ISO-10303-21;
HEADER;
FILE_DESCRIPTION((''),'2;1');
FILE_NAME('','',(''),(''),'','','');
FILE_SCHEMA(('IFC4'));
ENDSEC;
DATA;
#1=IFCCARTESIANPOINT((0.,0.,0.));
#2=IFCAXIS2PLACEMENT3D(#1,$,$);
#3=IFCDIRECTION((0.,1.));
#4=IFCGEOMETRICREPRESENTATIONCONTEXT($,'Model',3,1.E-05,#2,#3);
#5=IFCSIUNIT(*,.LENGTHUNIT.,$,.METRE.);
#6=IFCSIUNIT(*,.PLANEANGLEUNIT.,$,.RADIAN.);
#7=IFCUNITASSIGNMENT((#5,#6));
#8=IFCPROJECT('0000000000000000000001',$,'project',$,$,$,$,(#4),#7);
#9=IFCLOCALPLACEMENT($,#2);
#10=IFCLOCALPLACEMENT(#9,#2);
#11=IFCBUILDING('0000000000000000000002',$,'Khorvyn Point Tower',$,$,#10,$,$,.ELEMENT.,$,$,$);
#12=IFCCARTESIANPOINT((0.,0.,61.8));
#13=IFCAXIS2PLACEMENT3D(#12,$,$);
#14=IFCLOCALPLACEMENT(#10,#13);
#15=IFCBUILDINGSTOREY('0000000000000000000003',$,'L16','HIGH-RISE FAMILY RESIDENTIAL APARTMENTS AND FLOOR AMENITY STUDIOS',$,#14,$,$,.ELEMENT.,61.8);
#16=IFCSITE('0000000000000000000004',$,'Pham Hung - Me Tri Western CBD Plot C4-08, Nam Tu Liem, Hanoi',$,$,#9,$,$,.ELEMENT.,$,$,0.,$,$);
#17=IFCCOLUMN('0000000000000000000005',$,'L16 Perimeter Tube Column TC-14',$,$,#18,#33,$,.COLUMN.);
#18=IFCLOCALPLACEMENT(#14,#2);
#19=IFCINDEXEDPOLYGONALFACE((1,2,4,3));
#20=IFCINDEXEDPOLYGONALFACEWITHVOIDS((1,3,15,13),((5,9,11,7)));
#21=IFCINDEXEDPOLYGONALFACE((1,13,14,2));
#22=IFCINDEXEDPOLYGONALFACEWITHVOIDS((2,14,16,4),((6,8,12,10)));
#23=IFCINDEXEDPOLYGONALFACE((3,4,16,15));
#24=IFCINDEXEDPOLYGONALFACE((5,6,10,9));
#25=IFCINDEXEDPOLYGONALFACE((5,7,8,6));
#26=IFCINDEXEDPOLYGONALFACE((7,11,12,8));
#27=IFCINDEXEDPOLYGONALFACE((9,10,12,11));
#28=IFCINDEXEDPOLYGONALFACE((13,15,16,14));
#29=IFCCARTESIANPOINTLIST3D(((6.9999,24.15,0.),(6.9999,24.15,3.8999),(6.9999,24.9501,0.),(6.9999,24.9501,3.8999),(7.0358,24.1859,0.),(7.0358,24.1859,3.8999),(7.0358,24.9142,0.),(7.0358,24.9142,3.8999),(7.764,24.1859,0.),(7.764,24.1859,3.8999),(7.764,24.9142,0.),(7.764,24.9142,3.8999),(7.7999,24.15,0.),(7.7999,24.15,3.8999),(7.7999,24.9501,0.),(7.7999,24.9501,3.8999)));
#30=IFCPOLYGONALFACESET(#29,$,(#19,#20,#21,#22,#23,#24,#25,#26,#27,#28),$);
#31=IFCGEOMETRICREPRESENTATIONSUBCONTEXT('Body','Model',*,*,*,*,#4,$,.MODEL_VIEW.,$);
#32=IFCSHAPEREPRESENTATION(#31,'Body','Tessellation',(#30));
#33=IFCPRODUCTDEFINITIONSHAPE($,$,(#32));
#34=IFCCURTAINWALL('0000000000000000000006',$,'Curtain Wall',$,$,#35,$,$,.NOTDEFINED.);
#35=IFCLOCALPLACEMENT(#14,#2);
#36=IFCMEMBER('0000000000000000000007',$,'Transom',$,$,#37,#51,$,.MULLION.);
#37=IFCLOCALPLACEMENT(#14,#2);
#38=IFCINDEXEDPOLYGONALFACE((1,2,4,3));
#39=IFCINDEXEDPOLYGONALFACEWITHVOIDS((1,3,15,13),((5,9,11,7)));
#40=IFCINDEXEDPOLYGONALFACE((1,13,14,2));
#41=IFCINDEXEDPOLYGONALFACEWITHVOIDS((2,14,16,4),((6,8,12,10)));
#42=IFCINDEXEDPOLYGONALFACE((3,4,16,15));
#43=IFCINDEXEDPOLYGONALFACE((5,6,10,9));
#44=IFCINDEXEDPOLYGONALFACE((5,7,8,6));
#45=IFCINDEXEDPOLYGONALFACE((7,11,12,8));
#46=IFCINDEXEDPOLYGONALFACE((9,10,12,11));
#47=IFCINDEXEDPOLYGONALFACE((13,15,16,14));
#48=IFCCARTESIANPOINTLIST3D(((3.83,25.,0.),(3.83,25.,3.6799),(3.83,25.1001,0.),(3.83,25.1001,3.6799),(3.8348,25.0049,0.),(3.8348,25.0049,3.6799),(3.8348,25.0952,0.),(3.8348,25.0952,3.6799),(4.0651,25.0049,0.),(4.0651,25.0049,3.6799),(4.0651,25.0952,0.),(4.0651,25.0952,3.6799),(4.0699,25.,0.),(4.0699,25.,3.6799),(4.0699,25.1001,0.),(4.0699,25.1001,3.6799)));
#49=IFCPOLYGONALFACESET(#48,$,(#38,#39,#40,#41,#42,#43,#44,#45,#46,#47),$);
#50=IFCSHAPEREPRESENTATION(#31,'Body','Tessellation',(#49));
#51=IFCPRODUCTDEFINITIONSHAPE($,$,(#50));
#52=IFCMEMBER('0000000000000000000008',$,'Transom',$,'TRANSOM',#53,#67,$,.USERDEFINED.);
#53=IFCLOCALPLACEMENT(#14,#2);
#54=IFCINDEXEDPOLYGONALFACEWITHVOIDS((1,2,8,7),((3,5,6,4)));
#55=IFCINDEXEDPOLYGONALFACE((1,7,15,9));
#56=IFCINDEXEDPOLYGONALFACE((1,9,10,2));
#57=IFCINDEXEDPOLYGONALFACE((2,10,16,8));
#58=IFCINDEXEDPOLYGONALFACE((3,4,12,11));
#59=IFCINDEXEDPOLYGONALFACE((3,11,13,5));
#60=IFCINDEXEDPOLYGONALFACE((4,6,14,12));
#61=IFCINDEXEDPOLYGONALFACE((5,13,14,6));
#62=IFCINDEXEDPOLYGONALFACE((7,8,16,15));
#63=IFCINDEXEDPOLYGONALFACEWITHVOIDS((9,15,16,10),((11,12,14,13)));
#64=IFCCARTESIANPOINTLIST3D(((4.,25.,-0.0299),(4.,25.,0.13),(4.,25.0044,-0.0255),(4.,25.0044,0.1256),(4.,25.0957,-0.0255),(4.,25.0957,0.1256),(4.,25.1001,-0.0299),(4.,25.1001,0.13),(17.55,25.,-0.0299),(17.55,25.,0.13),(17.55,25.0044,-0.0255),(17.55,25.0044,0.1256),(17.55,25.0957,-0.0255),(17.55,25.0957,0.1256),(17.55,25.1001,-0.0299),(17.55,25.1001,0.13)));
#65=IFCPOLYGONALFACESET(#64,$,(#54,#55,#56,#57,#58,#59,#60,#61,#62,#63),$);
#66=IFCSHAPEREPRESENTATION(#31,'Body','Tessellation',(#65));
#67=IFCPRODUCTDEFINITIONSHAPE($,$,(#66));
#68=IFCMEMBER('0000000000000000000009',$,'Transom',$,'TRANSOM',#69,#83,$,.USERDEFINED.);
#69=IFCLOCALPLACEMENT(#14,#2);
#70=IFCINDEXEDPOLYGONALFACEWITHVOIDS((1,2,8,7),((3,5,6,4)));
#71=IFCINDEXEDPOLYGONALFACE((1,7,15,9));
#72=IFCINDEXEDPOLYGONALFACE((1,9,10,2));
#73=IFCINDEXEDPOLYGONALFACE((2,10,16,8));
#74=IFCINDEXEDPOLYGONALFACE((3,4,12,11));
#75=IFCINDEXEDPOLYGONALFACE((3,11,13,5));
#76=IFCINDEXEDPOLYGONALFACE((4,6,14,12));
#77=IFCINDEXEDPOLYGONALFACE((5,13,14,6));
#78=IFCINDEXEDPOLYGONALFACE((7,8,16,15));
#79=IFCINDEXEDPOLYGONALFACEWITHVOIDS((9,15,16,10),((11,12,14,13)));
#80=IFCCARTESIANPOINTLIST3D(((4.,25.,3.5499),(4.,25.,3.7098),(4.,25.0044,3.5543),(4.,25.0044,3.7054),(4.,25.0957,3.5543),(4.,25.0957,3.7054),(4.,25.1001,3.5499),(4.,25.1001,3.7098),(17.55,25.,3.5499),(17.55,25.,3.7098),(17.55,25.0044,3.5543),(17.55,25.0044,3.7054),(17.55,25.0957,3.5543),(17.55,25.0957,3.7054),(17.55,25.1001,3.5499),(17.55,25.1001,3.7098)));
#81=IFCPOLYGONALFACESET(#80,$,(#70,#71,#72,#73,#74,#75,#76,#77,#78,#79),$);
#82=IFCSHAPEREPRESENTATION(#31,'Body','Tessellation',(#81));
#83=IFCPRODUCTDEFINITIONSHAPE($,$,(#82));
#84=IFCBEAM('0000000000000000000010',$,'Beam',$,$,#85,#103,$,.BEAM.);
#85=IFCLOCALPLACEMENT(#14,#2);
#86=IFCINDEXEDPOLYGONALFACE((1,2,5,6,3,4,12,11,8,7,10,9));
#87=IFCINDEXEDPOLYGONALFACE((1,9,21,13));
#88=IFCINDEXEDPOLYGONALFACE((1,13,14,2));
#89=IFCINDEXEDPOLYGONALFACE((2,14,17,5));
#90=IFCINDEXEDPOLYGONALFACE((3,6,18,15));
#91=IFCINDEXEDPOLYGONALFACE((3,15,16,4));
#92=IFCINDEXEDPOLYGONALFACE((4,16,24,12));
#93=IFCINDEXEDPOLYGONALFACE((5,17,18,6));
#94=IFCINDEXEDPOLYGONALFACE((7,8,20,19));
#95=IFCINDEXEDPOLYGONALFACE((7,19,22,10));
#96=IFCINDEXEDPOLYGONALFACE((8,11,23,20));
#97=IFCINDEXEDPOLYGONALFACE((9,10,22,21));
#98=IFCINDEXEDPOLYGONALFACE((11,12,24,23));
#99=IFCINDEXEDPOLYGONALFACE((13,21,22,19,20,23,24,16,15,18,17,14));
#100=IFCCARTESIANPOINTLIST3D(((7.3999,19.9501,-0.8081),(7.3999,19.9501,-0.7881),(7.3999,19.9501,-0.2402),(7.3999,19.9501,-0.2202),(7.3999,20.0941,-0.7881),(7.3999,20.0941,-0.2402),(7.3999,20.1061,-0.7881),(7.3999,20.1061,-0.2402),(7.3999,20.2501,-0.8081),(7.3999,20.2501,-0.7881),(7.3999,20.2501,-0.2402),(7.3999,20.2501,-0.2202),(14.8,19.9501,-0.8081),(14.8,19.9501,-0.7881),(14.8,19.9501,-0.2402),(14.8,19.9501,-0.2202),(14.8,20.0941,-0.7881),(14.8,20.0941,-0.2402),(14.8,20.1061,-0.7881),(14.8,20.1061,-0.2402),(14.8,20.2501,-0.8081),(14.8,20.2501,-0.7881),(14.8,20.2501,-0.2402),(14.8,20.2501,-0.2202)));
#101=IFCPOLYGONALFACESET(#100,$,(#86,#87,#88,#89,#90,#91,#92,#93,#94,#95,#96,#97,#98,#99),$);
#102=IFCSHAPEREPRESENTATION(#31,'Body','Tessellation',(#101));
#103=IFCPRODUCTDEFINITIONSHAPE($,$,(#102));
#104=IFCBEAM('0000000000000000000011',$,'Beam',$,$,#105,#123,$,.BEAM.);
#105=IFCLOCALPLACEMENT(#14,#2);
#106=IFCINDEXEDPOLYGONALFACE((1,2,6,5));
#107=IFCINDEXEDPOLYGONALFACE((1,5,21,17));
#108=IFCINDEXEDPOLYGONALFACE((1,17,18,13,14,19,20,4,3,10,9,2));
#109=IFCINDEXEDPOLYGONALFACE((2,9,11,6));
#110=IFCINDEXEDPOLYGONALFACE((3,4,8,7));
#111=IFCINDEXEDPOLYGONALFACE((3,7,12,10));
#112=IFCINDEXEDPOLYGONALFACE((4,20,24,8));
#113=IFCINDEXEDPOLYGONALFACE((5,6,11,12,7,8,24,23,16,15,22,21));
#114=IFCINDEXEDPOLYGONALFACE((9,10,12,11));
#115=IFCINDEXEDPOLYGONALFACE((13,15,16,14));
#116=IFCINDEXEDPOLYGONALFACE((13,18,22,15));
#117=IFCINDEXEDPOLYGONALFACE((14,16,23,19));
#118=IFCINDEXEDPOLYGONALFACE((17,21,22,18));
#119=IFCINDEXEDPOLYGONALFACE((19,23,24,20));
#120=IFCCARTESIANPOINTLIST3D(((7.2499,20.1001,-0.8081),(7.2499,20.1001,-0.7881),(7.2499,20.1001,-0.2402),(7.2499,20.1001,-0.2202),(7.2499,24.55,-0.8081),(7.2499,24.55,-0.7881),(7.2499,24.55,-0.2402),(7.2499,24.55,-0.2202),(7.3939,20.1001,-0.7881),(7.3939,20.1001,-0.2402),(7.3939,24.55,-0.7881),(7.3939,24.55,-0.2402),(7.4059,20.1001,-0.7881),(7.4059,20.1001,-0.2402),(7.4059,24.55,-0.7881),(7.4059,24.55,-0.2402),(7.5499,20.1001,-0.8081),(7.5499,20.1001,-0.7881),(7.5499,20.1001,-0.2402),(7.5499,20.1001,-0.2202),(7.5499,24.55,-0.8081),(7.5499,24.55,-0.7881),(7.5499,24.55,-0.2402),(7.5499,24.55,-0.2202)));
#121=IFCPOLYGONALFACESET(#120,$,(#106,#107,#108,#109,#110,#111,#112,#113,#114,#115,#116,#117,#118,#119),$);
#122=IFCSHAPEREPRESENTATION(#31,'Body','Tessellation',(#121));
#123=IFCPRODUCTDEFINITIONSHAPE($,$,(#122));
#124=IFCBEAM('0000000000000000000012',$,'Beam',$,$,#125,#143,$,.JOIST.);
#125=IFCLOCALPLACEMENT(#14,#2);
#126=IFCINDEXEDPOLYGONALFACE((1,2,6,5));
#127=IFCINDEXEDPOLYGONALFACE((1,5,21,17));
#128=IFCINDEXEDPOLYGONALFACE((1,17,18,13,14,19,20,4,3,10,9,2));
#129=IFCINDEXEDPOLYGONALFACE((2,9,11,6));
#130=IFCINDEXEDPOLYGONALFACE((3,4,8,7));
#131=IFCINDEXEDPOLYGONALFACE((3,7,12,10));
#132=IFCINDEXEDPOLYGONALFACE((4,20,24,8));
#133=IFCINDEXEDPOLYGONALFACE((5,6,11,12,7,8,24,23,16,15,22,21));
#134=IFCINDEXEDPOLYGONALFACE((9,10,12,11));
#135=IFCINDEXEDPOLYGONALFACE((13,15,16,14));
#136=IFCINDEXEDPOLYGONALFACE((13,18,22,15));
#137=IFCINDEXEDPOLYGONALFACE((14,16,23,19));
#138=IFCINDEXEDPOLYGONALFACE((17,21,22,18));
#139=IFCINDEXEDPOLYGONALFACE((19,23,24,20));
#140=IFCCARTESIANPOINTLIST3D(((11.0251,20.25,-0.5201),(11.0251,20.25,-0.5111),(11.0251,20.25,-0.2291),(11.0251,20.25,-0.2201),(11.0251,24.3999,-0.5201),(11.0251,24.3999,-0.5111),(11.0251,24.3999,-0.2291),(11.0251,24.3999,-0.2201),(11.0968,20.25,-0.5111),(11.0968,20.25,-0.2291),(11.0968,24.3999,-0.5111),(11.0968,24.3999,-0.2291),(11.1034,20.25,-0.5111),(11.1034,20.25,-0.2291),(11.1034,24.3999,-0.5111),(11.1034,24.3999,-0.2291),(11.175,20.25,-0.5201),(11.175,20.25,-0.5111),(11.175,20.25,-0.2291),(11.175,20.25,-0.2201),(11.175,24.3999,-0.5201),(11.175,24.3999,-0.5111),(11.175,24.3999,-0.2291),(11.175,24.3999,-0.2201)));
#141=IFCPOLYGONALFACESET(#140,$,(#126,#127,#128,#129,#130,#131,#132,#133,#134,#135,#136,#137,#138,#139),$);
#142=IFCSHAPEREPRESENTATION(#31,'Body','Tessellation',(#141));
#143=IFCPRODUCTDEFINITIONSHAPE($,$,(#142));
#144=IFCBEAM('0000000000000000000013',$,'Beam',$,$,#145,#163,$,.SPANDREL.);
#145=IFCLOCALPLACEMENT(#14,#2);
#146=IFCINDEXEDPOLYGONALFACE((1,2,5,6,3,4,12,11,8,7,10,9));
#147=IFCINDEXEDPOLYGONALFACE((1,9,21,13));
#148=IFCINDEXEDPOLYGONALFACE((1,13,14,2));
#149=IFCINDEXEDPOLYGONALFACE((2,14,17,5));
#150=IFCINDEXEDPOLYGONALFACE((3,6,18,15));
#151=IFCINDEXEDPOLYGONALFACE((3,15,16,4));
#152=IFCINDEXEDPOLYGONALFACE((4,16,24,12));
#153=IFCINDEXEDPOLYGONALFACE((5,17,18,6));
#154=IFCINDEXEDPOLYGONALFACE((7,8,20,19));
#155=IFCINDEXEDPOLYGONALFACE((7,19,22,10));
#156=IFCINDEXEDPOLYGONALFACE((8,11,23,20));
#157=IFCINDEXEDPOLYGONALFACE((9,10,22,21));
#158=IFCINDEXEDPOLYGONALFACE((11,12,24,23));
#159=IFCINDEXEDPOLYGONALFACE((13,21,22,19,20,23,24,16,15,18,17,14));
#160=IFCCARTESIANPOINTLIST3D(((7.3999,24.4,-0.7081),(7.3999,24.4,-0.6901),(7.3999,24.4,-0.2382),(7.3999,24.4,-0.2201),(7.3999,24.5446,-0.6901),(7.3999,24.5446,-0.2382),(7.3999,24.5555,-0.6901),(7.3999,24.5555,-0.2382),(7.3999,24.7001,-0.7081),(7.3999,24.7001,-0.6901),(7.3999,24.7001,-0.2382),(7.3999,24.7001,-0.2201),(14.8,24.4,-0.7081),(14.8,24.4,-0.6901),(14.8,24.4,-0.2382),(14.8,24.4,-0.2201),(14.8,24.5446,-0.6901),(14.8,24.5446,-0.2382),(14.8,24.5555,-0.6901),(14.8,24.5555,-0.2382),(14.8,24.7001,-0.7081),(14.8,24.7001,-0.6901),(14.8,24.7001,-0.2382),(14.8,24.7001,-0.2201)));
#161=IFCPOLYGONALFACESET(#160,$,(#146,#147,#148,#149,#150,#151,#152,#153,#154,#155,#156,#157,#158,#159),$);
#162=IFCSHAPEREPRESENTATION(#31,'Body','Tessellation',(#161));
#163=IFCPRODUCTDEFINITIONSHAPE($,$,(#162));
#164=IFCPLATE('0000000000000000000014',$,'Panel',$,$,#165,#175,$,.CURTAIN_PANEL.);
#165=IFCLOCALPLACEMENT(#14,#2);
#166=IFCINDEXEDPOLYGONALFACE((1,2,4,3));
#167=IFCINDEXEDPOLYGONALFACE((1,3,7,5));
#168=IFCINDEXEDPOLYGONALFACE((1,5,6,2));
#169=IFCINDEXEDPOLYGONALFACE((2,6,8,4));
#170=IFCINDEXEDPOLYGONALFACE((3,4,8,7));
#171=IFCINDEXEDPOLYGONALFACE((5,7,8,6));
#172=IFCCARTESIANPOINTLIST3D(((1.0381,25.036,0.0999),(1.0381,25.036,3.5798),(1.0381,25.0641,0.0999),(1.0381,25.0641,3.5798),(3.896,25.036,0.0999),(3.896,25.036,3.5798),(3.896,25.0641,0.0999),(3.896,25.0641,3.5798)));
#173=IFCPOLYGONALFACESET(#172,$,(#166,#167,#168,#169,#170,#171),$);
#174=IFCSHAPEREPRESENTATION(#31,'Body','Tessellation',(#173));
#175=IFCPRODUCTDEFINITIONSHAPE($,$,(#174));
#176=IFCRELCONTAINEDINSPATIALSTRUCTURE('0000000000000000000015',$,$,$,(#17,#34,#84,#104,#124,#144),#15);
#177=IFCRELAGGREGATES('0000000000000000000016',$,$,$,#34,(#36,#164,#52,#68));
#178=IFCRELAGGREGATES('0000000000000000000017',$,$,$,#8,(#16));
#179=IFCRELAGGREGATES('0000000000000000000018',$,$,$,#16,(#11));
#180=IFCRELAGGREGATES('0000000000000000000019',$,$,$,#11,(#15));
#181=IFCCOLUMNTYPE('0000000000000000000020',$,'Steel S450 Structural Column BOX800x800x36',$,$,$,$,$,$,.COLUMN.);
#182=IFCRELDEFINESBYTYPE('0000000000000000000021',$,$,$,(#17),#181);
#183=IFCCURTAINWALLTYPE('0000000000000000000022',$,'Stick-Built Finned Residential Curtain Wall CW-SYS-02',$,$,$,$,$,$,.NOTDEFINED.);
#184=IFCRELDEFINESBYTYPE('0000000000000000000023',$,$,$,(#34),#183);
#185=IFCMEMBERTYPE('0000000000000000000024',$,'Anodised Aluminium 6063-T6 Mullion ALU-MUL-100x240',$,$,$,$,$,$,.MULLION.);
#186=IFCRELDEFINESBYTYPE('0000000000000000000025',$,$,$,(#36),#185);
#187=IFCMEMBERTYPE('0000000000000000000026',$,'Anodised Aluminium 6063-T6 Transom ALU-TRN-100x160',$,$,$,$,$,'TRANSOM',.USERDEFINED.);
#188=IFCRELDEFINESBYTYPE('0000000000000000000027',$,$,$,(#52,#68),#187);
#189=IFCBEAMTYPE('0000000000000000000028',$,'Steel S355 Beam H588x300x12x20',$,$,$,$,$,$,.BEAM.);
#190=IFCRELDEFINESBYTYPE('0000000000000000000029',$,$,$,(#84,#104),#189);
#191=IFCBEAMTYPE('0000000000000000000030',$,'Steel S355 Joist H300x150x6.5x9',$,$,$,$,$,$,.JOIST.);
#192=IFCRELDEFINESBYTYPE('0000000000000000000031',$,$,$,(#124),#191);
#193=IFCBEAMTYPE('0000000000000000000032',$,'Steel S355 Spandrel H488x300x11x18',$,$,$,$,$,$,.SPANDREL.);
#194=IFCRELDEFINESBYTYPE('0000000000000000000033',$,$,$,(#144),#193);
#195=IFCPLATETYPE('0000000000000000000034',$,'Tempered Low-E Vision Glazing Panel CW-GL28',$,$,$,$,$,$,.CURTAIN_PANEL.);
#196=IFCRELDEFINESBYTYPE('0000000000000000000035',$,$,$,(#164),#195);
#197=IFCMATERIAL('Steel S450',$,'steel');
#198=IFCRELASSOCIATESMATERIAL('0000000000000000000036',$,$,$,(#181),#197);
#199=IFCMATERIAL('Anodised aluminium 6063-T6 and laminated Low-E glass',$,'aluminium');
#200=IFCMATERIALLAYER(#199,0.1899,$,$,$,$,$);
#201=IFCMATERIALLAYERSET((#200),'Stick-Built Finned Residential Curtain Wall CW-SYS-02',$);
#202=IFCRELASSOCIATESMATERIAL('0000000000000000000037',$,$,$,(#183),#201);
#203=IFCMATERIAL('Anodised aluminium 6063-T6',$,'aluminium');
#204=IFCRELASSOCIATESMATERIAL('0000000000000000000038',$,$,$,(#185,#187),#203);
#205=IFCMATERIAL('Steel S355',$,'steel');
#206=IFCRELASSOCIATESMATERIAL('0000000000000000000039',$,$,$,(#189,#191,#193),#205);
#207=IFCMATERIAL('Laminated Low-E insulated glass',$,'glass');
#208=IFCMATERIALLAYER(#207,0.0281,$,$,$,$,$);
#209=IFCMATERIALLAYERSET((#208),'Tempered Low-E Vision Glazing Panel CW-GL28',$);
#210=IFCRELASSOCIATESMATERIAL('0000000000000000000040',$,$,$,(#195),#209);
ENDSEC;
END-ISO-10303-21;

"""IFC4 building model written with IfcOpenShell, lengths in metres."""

from ifc_helpers import new_model, si_unit, direction, frame, origin, origin_2d, place, context, subcontext, project, spatial, rectangle, hollow_rectangle, i_section, extrude, material, layer, layer_set, material_profile, profile_set, type_object, element, aggregate, save


model = new_model("IFC4")

# Units and contexts
model_context = context("Model", 3, precision=1e-05, world=origin(), true_north=direction((0.0, 1.0)))
body_context = subcontext(model_context, "Body", "Model", "MODEL_VIEW")
ifc_project = project(units=[si_unit("LENGTHUNIT", "METRE"), si_unit("PLANEANGLEUNIT", "RADIAN")], contexts=[model_context])

# Site, building, storey
site_placement = place(None, origin())
site = spatial("IfcSite", under=ifc_project, at=site_placement, Name="Pham Hung - Me Tri Western CBD Plot C4-08, Nam Tu Liem, Hanoi", CompositionType="ELEMENT", RefElevation=0.0)
building_placement = place(site_placement, origin())
building = spatial("IfcBuilding", under=site, at=building_placement, Name="Khorvyn Point Tower", CompositionType="ELEMENT")
storey_placement = place(building_placement, frame((0.0, 0.0, 61.8)))
storey = spatial("IfcBuildingStorey", under=building, at=storey_placement, Name="L16", Description="HIGH-RISE FAMILY RESIDENTIAL APARTMENTS AND FLOOR AMENITY STUDIOS", CompositionType="ELEMENT", Elevation=61.8)

# Column
ifc_material_1 = material(Name="Steel S450", Category="steel")
ifc_material_profile_1 = material_profile(ifc_material_1, hollow_rectangle(XDim=0.8, YDim=0.8, WallThickness=0.0359, at=origin_2d()))
ifc_profile_set_1 = profile_set([ifc_material_profile_1], Name="Steel S450 BOX800x800x36")
column_type = type_object("IfcColumnType", Name="Steel S450 Structural Column BOX800x800x36", PredefinedType="COLUMN", material=ifc_profile_set_1)
column_placement = place(storey_placement, frame((7.3999, 24.55, 0.0), z_axis=(0.0, 0.0, 1.0), x_axis=(1.0, 0.0, 0.0)))
element("IfcColumn", 1, at=column_placement, inside=storey, type_object=column_type, Name="L16 Perimeter Tube Column TC-14", PredefinedType="COLUMN", context=body_context, shape_type="SweptSolid", body=[
    extrude(hollow_rectangle(XDim=0.8, YDim=0.8, WallThickness=0.0359, at=origin_2d()), origin(), (0.0, 0.0, 1.0), 3.8999),
])

# Curtain wall, members
ifc_material_2 = material(Name="Anodised aluminium 6063-T6 and laminated Low-E glass", Category="aluminium")
ifc_layer_1 = layer(ifc_material_2, 0.1899)
ifc_layer_set_1 = layer_set([ifc_layer_1], Name="Stick-Built Finned Residential Curtain Wall CW-SYS-02")
curtain_wall_type = type_object("IfcCurtainWallType", Name="Stick-Built Finned Residential Curtain Wall CW-SYS-02", PredefinedType="NOTDEFINED", material=ifc_layer_set_1)
curtain_wall_placement = place(storey_placement, origin())
curtain_wall = element("IfcCurtainWall", 2, at=curtain_wall_placement, inside=storey, type_object=curtain_wall_type, Name="Curtain Wall", PredefinedType="NOTDEFINED")
ifc_material_3 = material(Name="Anodised aluminium 6063-T6", Category="aluminium")
ifc_material_profile_2 = material_profile(ifc_material_3, hollow_rectangle(XDim=0.1001, YDim=0.24, WallThickness=0.0049, at=origin_2d()))
ifc_profile_set_2 = profile_set([ifc_material_profile_2], Name="Anodised aluminium 6063-T6 ALU-MUL-100x240")
member_type_1 = type_object("IfcMemberType", Name="Anodised Aluminium 6063-T6 Mullion ALU-MUL-100x240", PredefinedType="MULLION", material=ifc_profile_set_2)
member_1_placement = place(storey_placement, frame((3.95, 25.05, 0.0), z_axis=(0.0, 0.0, 1.0), x_axis=(0.0, 1.0, 0.0)))
member_1 = element("IfcMember", 3, at=member_1_placement, type_object=member_type_1, Name="Transom", PredefinedType="MULLION", context=body_context, shape_type="SweptSolid", body=[
    extrude(hollow_rectangle(XDim=0.1001, YDim=0.24, WallThickness=0.0049, at=origin_2d()), origin(), (0.0, 0.0, 1.0), 3.6799),
])
ifc_material_profile_3 = material_profile(ifc_material_3, hollow_rectangle(XDim=0.1001, YDim=0.1599, WallThickness=0.0044, at=origin_2d()))
ifc_profile_set_3 = profile_set([ifc_material_profile_3], Name="Anodised aluminium 6063-T6 ALU-TRN-100x160")
member_type_2 = type_object("IfcMemberType", Name="Anodised Aluminium 6063-T6 Transom ALU-TRN-100x160", ElementType="TRANSOM", PredefinedType="USERDEFINED", material=ifc_profile_set_3)
member_2_placement = place(storey_placement, frame((4.0, 25.05, 0.05), z_axis=(1.0, 0.0, 0.0), x_axis=(0.0, 1.0, 0.0)))
member_2 = element("IfcMember", 4, at=member_2_placement, type_object=member_type_2, Name="Transom", ObjectType="TRANSOM", PredefinedType="USERDEFINED", context=body_context, shape_type="SweptSolid", body=[
    extrude(hollow_rectangle(XDim=0.1001, YDim=0.1599, WallThickness=0.0044, at=origin_2d()), origin(), (0.0, 0.0, 1.0), 13.55),
])
member_3_placement = place(storey_placement, frame((4.0, 25.05, 3.6299), z_axis=(1.0, 0.0, 0.0), x_axis=(0.0, 1.0, 0.0)))
member_3 = element("IfcMember", 5, at=member_3_placement, type_object=member_type_2, Name="Transom", ObjectType="TRANSOM", PredefinedType="USERDEFINED", context=body_context, shape_type="SweptSolid", body=[
    extrude(hollow_rectangle(XDim=0.1001, YDim=0.1599, WallThickness=0.0044, at=origin_2d()), origin(), (0.0, 0.0, 1.0), 13.55),
])

# Beams
ifc_material_4 = material(Name="Steel S355", Category="steel")
ifc_material_profile_4 = material_profile(ifc_material_4, i_section(OverallWidth=0.3, OverallDepth=0.5879, WebThickness=0.012, FlangeThickness=0.02, at=origin_2d()))
ifc_profile_set_4 = profile_set([ifc_material_profile_4], Name="Steel S355 H588x300x12x20")
beam_type_1 = type_object("IfcBeamType", Name="Steel S355 Beam H588x300x12x20", PredefinedType="BEAM", material=ifc_profile_set_4)
beam_1_placement = place(storey_placement, frame((7.3999, 20.1001, -0.5142), z_axis=(1.0, 0.0, 0.0), x_axis=(0.0, 1.0, 0.0)))
element("IfcBeam", 6, at=beam_1_placement, inside=storey, type_object=beam_type_1, Name="Beam", PredefinedType="BEAM", context=body_context, shape_type="SweptSolid", body=[
    extrude(i_section(OverallWidth=0.3, OverallDepth=0.5879, WebThickness=0.012, FlangeThickness=0.02, at=origin_2d()), origin(), (0.0, 0.0, 1.0), 7.4001),
])
beam_2_placement = place(storey_placement, frame((7.3999, 20.1001, -0.5142), z_axis=(0.0, 1.0, 0.0), x_axis=(-1.0, 0.0, 0.0)))
element("IfcBeam", 7, at=beam_2_placement, inside=storey, type_object=beam_type_1, Name="Beam", PredefinedType="BEAM", context=body_context, shape_type="SweptSolid", body=[
    extrude(i_section(OverallWidth=0.3, OverallDepth=0.5879, WebThickness=0.012, FlangeThickness=0.02, at=origin_2d()), origin(), (0.0, 0.0, 1.0), 4.45),
])
ifc_material_profile_5 = material_profile(ifc_material_4, i_section(OverallWidth=0.1499, OverallDepth=0.3, WebThickness=0.0066, FlangeThickness=0.009, at=origin_2d()))
ifc_profile_set_5 = profile_set([ifc_material_profile_5], Name="Steel S355 H300x150x6.5x9")
beam_type_2 = type_object("IfcBeamType", Name="Steel S355 Joist H300x150x6.5x9", PredefinedType="JOIST", material=ifc_profile_set_5)
beam_3_placement = place(storey_placement, frame((11.1001, 20.25, -0.3701), z_axis=(0.0, 1.0, 0.0), x_axis=(-1.0, 0.0, 0.0)))
element("IfcBeam", 8, at=beam_3_placement, inside=storey, type_object=beam_type_2, Name="Beam", PredefinedType="JOIST", context=body_context, shape_type="SweptSolid", body=[
    extrude(i_section(OverallWidth=0.1499, OverallDepth=0.3, WebThickness=0.0066, FlangeThickness=0.009, at=origin_2d()), origin(), (0.0, 0.0, 1.0), 4.1499),
])
ifc_material_profile_6 = material_profile(ifc_material_4, i_section(OverallWidth=0.3, OverallDepth=0.488, WebThickness=0.011, FlangeThickness=0.0181, at=origin_2d()))
ifc_profile_set_6 = profile_set([ifc_material_profile_6], Name="Steel S355 H488x300x11x18")
beam_type_3 = type_object("IfcBeamType", Name="Steel S355 Spandrel H488x300x11x18", PredefinedType="SPANDREL", material=ifc_profile_set_6)
beam_4_placement = place(storey_placement, frame((7.3999, 24.55, -0.4641), z_axis=(1.0, 0.0, 0.0), x_axis=(0.0, 1.0, 0.0)))
element("IfcBeam", 9, at=beam_4_placement, inside=storey, type_object=beam_type_3, Name="Beam", PredefinedType="SPANDREL", context=body_context, shape_type="SweptSolid", body=[
    extrude(i_section(OverallWidth=0.3, OverallDepth=0.488, WebThickness=0.011, FlangeThickness=0.0181, at=origin_2d()), origin(), (0.0, 0.0, 1.0), 7.4001),
])

# Plate
ifc_material_5 = material(Name="Laminated Low-E insulated glass", Category="glass")
ifc_layer_2 = layer(ifc_material_5, 0.0281)
ifc_layer_set_2 = layer_set([ifc_layer_2], Name="Tempered Low-E Vision Glazing Panel CW-GL28")
plate_type = type_object("IfcPlateType", Name="Tempered Low-E Vision Glazing Panel CW-GL28", PredefinedType="CURTAIN_PANEL", material=ifc_layer_set_2)
plate_1_placement = place(storey_placement, frame((2.467, 25.05, 0.0999), z_axis=(0.0, 0.0, 1.0), x_axis=(1.0, 0.0, 0.0)))
plate_1 = element("IfcPlate", 10, at=plate_1_placement, type_object=plate_type, Name="Panel", PredefinedType="CURTAIN_PANEL", context=body_context, shape_type="SweptSolid", body=[
    extrude(rectangle(XDim=2.8579, YDim=0.0281, at=origin_2d()), origin(), (0.0, 0.0, 1.0), 3.48),
])
aggregate(curtain_wall, [member_1, plate_1, member_2, member_3])

save(model, "model.ifc")
